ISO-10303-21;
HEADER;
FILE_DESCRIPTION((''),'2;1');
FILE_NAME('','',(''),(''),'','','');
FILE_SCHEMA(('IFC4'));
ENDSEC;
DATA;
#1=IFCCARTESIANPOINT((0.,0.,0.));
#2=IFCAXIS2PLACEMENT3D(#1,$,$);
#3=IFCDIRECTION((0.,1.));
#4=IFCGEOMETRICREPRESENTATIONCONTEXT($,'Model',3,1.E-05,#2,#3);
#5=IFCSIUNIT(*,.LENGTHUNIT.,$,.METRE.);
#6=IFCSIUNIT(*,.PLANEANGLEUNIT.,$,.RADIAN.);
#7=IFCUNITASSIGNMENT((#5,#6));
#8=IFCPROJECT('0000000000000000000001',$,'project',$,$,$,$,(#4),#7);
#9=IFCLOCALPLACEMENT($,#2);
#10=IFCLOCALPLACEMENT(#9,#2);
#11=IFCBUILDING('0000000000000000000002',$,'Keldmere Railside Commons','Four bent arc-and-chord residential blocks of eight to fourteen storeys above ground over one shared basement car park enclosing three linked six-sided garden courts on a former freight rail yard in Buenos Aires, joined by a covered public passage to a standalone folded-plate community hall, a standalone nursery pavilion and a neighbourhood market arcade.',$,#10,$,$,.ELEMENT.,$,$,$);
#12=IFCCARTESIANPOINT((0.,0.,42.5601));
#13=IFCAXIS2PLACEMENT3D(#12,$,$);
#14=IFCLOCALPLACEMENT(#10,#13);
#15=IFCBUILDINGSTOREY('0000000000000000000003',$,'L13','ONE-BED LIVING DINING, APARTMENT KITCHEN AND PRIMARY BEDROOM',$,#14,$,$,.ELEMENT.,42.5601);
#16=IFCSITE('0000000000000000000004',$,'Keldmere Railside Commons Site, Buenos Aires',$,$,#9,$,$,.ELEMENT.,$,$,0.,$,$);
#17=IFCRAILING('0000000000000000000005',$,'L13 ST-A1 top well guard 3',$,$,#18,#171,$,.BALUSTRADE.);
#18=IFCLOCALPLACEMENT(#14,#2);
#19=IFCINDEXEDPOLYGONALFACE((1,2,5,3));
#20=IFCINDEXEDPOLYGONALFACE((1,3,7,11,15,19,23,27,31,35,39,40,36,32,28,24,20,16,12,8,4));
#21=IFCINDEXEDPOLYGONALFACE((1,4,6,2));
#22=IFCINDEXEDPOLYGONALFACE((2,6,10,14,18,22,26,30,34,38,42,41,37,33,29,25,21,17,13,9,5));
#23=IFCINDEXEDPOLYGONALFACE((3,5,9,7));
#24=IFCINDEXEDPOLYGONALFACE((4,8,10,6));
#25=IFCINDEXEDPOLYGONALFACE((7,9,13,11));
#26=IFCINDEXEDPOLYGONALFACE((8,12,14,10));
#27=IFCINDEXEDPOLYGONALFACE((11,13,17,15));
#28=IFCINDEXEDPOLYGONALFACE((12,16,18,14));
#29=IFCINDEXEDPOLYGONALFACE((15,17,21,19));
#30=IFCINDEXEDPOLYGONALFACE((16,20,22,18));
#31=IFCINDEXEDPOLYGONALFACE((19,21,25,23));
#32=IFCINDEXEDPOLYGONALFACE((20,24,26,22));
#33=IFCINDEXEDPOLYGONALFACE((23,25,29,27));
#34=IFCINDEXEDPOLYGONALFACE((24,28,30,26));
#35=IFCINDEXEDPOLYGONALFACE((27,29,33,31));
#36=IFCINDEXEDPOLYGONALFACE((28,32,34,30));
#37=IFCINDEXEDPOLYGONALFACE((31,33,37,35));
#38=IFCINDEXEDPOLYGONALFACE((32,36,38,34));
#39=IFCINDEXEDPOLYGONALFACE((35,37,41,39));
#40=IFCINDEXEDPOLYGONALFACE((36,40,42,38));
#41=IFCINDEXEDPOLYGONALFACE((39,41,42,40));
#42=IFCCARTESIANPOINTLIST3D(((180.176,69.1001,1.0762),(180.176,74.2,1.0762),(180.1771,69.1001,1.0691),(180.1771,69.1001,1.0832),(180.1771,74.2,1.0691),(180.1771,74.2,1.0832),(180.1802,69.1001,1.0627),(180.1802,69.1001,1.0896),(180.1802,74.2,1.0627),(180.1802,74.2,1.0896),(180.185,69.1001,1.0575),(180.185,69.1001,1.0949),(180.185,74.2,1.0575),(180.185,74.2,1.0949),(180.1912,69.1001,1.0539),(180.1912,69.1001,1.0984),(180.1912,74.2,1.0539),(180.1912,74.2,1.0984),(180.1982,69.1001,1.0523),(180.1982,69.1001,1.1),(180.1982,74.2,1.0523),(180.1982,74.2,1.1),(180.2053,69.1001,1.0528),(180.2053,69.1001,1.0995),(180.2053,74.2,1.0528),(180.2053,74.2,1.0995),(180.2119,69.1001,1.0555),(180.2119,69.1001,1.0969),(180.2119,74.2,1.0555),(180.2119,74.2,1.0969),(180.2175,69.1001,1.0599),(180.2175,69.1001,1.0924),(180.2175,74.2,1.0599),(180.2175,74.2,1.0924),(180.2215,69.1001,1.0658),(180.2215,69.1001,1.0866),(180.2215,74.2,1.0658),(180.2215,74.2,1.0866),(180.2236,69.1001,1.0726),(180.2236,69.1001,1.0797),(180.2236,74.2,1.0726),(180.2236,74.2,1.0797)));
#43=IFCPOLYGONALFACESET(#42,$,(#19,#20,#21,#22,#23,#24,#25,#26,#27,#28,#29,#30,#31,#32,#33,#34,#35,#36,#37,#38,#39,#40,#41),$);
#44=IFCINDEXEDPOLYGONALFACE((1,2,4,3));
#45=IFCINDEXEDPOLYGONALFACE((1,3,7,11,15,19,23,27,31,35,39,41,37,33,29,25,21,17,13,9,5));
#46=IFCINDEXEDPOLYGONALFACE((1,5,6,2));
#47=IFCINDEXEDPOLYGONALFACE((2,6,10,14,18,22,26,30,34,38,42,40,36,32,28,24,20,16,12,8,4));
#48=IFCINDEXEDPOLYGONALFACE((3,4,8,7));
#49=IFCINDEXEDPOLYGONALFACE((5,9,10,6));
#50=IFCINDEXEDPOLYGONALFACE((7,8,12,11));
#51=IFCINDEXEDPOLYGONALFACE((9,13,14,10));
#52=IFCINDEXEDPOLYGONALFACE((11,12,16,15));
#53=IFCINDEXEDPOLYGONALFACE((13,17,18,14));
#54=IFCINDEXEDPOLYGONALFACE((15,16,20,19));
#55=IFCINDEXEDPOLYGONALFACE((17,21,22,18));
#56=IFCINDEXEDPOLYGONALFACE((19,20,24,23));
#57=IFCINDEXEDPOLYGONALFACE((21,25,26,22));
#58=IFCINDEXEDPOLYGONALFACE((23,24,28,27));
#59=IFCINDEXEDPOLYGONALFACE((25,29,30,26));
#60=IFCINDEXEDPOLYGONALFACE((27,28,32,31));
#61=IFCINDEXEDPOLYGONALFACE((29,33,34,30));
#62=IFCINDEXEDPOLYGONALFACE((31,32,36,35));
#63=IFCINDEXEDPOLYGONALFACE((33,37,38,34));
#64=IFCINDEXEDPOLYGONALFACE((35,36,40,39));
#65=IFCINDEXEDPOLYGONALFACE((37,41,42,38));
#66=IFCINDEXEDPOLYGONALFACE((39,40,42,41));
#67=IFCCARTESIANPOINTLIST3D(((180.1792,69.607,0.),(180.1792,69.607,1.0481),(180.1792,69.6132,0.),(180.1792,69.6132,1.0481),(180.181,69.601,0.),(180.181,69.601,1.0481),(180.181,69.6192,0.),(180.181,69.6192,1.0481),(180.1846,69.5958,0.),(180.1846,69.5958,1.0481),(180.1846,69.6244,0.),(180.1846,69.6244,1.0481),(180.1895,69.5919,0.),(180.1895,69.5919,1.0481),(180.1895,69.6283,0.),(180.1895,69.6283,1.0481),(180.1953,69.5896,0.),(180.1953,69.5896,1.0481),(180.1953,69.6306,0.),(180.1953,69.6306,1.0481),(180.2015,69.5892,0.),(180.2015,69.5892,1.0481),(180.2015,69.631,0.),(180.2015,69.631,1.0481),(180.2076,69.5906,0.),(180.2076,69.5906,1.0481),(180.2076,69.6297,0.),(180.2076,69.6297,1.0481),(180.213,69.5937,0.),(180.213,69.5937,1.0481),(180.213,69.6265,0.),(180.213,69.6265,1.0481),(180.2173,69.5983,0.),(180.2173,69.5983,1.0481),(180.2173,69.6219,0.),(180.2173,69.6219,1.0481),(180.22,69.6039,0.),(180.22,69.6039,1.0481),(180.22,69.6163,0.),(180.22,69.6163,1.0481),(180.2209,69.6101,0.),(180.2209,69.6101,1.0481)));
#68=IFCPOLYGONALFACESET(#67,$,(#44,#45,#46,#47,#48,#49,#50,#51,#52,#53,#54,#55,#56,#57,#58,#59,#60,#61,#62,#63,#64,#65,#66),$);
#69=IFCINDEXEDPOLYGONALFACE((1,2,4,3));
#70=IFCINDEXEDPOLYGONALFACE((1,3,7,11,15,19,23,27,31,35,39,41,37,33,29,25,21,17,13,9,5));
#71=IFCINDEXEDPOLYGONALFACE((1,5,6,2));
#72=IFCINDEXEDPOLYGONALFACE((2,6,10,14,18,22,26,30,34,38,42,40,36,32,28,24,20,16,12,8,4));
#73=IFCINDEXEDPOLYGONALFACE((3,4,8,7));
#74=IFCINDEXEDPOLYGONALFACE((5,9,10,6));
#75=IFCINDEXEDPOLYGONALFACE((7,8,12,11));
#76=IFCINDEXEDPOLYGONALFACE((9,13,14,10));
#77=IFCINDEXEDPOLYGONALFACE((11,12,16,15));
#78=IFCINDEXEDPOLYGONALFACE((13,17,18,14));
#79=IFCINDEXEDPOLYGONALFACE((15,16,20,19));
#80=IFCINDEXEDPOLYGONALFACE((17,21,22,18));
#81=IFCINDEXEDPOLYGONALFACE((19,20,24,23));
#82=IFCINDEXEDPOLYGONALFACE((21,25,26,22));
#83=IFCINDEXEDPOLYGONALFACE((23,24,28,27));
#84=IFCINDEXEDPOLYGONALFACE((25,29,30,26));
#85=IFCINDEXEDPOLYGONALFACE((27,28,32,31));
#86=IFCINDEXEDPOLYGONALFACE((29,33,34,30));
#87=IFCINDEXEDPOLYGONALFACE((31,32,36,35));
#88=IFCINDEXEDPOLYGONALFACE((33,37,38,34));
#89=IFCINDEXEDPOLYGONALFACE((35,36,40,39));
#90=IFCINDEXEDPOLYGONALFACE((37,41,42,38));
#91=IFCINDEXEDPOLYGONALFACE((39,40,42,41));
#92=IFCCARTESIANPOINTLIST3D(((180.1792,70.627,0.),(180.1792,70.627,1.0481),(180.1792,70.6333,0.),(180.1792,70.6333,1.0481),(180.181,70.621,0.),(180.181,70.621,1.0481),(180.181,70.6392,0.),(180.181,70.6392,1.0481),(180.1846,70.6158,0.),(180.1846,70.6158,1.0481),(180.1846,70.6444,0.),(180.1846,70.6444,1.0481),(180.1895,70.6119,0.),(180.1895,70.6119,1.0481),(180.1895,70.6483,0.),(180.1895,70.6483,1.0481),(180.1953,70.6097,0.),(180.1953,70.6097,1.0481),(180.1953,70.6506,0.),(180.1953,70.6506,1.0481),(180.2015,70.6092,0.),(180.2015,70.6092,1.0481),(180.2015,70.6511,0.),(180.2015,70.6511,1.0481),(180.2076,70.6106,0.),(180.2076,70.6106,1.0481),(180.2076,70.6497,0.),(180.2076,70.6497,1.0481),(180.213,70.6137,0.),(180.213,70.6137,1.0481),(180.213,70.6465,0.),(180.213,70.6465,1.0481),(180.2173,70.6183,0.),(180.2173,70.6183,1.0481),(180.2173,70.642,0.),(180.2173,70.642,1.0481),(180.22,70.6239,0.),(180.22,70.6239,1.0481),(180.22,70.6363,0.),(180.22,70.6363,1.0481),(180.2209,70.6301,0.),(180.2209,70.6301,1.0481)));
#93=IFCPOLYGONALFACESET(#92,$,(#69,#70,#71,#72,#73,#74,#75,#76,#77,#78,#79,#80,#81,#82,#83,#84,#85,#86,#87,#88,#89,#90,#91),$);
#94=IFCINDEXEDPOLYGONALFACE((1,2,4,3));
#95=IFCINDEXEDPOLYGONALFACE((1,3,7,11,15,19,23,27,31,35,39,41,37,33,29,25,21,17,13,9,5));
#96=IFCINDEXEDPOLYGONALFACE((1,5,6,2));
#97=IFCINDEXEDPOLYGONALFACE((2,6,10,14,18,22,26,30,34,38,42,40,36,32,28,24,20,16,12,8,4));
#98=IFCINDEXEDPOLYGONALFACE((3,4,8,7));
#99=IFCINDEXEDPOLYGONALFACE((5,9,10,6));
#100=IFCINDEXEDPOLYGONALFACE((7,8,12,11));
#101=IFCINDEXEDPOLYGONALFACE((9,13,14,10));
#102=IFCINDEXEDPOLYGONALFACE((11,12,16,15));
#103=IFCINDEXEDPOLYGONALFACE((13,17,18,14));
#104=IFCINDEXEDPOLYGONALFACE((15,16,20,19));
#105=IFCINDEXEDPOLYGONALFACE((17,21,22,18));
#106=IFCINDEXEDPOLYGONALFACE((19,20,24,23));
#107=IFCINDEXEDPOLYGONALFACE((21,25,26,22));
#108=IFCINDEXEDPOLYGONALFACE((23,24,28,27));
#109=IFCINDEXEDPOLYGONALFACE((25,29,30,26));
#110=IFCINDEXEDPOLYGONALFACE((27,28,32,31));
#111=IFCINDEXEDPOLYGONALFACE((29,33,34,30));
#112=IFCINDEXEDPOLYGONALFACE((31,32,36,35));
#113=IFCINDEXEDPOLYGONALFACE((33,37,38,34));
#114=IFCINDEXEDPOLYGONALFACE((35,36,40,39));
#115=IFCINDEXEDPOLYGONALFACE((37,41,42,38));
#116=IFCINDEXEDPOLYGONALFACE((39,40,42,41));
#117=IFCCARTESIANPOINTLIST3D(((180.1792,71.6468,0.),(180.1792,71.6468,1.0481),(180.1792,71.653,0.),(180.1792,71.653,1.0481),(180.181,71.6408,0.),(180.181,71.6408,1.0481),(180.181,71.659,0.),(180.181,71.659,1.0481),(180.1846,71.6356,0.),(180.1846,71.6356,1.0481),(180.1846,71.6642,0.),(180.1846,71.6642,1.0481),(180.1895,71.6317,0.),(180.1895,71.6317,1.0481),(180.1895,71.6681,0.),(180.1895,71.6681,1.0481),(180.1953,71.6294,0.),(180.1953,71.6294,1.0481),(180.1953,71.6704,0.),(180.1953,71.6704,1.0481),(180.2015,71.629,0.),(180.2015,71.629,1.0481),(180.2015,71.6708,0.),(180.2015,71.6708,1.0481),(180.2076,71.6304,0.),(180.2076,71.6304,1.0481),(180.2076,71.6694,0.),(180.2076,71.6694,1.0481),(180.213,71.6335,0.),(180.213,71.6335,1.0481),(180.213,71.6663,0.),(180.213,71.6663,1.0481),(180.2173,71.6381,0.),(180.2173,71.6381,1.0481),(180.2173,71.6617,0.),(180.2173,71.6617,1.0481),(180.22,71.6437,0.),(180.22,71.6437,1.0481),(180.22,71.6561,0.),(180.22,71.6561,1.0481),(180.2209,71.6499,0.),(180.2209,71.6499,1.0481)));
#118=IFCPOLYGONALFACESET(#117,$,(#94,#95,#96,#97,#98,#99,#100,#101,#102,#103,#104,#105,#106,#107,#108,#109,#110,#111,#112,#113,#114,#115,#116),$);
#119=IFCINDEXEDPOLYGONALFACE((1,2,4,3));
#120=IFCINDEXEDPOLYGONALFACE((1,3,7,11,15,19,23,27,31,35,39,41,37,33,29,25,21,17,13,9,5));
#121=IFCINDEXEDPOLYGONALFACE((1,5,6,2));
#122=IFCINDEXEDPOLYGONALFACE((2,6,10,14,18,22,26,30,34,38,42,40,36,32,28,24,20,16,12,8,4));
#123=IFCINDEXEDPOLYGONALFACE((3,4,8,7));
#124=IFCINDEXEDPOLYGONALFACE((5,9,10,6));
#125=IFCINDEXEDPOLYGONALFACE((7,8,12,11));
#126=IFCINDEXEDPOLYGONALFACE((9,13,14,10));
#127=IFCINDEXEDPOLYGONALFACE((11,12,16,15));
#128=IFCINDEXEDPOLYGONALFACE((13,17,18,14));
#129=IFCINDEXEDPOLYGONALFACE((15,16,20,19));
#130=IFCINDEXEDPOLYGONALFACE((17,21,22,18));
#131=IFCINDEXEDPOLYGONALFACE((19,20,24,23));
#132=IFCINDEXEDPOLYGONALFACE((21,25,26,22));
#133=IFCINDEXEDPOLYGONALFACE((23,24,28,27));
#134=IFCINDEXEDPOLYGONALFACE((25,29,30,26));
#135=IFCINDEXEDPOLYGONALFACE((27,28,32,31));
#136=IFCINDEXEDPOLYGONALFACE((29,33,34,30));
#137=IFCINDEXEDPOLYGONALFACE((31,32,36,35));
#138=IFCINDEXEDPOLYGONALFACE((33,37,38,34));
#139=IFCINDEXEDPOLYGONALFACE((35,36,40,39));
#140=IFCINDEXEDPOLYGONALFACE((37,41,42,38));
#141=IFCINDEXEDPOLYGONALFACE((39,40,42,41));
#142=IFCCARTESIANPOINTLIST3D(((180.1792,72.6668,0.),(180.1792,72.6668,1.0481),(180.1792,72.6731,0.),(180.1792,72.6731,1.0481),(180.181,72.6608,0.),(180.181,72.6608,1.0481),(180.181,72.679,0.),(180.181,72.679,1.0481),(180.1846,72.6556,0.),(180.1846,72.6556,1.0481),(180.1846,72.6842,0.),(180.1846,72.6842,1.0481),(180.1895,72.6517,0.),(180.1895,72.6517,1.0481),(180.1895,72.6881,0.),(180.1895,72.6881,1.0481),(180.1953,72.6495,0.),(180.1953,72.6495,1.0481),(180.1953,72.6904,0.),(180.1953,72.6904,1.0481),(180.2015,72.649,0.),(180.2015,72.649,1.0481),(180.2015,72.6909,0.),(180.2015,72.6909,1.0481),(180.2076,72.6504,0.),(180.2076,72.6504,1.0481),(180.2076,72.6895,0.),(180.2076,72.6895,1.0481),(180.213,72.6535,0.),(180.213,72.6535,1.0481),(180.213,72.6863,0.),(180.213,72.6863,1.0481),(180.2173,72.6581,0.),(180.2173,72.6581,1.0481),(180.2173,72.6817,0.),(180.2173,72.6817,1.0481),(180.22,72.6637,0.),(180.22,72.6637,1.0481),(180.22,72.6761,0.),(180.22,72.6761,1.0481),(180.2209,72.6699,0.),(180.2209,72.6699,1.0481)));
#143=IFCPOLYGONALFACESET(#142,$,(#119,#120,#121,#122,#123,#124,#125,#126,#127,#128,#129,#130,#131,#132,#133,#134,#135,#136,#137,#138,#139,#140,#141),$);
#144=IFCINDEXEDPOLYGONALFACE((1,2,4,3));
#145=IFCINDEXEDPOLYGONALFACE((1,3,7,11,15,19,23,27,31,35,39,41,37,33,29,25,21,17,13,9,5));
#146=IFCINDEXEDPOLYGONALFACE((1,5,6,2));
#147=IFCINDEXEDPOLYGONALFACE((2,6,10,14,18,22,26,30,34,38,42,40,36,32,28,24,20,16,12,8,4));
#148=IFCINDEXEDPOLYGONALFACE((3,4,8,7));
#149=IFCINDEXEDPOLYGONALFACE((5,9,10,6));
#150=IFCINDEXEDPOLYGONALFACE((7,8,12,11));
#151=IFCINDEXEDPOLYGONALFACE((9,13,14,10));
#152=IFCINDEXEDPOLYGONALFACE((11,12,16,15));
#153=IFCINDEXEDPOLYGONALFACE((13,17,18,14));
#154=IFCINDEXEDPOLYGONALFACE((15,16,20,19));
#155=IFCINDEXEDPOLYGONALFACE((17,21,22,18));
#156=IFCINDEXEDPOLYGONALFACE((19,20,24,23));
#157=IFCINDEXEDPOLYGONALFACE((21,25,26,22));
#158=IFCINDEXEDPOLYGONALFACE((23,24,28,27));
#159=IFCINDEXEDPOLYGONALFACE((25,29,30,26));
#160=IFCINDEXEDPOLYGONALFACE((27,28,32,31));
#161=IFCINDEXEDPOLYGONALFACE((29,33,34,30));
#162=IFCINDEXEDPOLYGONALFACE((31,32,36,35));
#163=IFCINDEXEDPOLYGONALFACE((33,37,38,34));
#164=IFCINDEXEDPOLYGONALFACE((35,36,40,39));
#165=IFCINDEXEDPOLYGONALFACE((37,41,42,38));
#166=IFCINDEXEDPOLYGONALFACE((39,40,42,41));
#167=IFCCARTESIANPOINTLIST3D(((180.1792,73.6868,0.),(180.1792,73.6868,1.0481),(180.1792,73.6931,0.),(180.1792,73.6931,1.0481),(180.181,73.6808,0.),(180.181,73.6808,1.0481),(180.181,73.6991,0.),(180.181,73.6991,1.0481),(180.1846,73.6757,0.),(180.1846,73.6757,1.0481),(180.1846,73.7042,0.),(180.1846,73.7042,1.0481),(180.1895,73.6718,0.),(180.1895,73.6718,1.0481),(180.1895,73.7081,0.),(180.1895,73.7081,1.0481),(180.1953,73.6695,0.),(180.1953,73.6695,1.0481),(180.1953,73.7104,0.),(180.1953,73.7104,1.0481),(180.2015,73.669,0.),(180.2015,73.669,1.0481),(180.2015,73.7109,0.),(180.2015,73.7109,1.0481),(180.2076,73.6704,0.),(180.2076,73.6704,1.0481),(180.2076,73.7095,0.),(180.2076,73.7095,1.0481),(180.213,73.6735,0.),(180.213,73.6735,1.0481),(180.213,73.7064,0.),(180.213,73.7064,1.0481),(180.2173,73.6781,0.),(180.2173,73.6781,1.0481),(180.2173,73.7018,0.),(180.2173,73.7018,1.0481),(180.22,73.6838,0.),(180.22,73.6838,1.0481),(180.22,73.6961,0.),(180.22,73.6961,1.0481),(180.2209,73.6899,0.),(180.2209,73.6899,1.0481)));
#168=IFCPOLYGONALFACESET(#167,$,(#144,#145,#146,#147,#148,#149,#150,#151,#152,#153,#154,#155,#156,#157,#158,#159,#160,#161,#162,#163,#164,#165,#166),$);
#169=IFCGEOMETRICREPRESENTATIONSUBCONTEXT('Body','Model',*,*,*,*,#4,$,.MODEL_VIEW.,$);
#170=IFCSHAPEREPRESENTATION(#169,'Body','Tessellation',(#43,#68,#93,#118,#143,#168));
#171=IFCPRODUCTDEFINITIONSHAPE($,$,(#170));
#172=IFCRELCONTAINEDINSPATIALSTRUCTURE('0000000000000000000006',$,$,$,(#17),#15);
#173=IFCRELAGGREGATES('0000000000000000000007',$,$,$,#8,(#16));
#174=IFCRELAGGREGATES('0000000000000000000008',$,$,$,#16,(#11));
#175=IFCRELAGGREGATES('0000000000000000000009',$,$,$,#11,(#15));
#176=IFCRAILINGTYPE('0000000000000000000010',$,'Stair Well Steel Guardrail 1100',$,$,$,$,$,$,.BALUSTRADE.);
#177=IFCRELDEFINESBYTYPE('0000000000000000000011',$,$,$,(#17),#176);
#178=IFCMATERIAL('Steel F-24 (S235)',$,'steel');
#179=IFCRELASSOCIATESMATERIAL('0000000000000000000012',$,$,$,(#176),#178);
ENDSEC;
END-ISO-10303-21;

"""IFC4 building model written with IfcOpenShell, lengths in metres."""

from ifc_helpers import new_model, si_unit, direction, frame, origin, origin_2d, place, context, subcontext, project, spatial, circle, extrude, material, type_object, element, save


model = new_model("IFC4")

# Units and contexts
model_context = context("Model", 3, precision=1e-05, world=origin(), true_north=direction((0.0, 1.0)))
body_context = subcontext(model_context, "Body", "Model", "MODEL_VIEW")
ifc_project = project(units=[si_unit("LENGTHUNIT", "METRE"), si_unit("PLANEANGLEUNIT", "RADIAN")], contexts=[model_context])

# Site, building, storey
site_placement = place(None, origin())
site = spatial("IfcSite", under=ifc_project, at=site_placement, Name="Keldmere Railside Commons Site, Buenos Aires", CompositionType="ELEMENT", RefElevation=0.0)
building_placement = place(site_placement, origin())
building = spatial("IfcBuilding", under=site, at=building_placement, Name="Keldmere Railside Commons", Description="Four bent arc-and-chord residential blocks of eight to fourteen storeys above ground over one shared basement car park enclosing three linked six-sided garden courts on a former freight rail yard in Buenos Aires, joined by a covered public passage to a standalone folded-plate community hall, a standalone nursery pavilion and a neighbourhood market arcade.", CompositionType="ELEMENT")
storey_placement = place(building_placement, frame((0.0, 0.0, 42.5601)))
storey = spatial("IfcBuildingStorey", under=building, at=storey_placement, Name="L13", Description="ONE-BED LIVING DINING, APARTMENT KITCHEN AND PRIMARY BEDROOM", CompositionType="ELEMENT", Elevation=42.5601)

# Shared definitions
ifc_material_1 = material(Name="Steel F-24 (S235)", Category="steel")

# Railing
railing_type_1 = type_object("IfcRailingType", Name="Stair Well Steel Guardrail 1100", PredefinedType="BALUSTRADE", material=ifc_material_1)
for number, where, name in (
    (1, (180.2, 69.1001, 0.0), "L13 ST-A1 top well guard 3"),
):
    element("IfcRailing", number, at=place(storey_placement, frame(where)), inside=storey, type_object=railing_type_1, Name=name, PredefinedType="BALUSTRADE", context=body_context, shape_type="SweptSolid", body=[
        extrude(circle(Radius=0.0239, at=origin_2d()), frame((0.0, 0.0, 1.0762), z_axis=(0.0, 1.0, 0.0), x_axis=(-1.0, 0.0, 0.0)), (0.0, 0.0, 1.0), 5.0999),
        extrude(circle(Radius=0.021, at=origin_2d()), frame((0.0, 0.51, 0.0)), (0.0, 0.0, 1.0), 1.0481),
        extrude(circle(Radius=0.021, at=origin_2d()), frame((0.0, 1.53, 0.0)), (0.0, 0.0, 1.0), 1.0481),
        extrude(circle(Radius=0.021, at=origin_2d()), frame((0.0, 2.5498, 0.0)), (0.0, 0.0, 1.0), 1.0481),
        extrude(circle(Radius=0.021, at=origin_2d()), frame((0.0, 3.5698, 0.0)), (0.0, 0.0, 1.0), 1.0481),
        extrude(circle(Radius=0.021, at=origin_2d()), frame((0.0, 4.5898, 0.0)), (0.0, 0.0, 1.0), 1.0481),
    ])

save(model, "model.ifc")
